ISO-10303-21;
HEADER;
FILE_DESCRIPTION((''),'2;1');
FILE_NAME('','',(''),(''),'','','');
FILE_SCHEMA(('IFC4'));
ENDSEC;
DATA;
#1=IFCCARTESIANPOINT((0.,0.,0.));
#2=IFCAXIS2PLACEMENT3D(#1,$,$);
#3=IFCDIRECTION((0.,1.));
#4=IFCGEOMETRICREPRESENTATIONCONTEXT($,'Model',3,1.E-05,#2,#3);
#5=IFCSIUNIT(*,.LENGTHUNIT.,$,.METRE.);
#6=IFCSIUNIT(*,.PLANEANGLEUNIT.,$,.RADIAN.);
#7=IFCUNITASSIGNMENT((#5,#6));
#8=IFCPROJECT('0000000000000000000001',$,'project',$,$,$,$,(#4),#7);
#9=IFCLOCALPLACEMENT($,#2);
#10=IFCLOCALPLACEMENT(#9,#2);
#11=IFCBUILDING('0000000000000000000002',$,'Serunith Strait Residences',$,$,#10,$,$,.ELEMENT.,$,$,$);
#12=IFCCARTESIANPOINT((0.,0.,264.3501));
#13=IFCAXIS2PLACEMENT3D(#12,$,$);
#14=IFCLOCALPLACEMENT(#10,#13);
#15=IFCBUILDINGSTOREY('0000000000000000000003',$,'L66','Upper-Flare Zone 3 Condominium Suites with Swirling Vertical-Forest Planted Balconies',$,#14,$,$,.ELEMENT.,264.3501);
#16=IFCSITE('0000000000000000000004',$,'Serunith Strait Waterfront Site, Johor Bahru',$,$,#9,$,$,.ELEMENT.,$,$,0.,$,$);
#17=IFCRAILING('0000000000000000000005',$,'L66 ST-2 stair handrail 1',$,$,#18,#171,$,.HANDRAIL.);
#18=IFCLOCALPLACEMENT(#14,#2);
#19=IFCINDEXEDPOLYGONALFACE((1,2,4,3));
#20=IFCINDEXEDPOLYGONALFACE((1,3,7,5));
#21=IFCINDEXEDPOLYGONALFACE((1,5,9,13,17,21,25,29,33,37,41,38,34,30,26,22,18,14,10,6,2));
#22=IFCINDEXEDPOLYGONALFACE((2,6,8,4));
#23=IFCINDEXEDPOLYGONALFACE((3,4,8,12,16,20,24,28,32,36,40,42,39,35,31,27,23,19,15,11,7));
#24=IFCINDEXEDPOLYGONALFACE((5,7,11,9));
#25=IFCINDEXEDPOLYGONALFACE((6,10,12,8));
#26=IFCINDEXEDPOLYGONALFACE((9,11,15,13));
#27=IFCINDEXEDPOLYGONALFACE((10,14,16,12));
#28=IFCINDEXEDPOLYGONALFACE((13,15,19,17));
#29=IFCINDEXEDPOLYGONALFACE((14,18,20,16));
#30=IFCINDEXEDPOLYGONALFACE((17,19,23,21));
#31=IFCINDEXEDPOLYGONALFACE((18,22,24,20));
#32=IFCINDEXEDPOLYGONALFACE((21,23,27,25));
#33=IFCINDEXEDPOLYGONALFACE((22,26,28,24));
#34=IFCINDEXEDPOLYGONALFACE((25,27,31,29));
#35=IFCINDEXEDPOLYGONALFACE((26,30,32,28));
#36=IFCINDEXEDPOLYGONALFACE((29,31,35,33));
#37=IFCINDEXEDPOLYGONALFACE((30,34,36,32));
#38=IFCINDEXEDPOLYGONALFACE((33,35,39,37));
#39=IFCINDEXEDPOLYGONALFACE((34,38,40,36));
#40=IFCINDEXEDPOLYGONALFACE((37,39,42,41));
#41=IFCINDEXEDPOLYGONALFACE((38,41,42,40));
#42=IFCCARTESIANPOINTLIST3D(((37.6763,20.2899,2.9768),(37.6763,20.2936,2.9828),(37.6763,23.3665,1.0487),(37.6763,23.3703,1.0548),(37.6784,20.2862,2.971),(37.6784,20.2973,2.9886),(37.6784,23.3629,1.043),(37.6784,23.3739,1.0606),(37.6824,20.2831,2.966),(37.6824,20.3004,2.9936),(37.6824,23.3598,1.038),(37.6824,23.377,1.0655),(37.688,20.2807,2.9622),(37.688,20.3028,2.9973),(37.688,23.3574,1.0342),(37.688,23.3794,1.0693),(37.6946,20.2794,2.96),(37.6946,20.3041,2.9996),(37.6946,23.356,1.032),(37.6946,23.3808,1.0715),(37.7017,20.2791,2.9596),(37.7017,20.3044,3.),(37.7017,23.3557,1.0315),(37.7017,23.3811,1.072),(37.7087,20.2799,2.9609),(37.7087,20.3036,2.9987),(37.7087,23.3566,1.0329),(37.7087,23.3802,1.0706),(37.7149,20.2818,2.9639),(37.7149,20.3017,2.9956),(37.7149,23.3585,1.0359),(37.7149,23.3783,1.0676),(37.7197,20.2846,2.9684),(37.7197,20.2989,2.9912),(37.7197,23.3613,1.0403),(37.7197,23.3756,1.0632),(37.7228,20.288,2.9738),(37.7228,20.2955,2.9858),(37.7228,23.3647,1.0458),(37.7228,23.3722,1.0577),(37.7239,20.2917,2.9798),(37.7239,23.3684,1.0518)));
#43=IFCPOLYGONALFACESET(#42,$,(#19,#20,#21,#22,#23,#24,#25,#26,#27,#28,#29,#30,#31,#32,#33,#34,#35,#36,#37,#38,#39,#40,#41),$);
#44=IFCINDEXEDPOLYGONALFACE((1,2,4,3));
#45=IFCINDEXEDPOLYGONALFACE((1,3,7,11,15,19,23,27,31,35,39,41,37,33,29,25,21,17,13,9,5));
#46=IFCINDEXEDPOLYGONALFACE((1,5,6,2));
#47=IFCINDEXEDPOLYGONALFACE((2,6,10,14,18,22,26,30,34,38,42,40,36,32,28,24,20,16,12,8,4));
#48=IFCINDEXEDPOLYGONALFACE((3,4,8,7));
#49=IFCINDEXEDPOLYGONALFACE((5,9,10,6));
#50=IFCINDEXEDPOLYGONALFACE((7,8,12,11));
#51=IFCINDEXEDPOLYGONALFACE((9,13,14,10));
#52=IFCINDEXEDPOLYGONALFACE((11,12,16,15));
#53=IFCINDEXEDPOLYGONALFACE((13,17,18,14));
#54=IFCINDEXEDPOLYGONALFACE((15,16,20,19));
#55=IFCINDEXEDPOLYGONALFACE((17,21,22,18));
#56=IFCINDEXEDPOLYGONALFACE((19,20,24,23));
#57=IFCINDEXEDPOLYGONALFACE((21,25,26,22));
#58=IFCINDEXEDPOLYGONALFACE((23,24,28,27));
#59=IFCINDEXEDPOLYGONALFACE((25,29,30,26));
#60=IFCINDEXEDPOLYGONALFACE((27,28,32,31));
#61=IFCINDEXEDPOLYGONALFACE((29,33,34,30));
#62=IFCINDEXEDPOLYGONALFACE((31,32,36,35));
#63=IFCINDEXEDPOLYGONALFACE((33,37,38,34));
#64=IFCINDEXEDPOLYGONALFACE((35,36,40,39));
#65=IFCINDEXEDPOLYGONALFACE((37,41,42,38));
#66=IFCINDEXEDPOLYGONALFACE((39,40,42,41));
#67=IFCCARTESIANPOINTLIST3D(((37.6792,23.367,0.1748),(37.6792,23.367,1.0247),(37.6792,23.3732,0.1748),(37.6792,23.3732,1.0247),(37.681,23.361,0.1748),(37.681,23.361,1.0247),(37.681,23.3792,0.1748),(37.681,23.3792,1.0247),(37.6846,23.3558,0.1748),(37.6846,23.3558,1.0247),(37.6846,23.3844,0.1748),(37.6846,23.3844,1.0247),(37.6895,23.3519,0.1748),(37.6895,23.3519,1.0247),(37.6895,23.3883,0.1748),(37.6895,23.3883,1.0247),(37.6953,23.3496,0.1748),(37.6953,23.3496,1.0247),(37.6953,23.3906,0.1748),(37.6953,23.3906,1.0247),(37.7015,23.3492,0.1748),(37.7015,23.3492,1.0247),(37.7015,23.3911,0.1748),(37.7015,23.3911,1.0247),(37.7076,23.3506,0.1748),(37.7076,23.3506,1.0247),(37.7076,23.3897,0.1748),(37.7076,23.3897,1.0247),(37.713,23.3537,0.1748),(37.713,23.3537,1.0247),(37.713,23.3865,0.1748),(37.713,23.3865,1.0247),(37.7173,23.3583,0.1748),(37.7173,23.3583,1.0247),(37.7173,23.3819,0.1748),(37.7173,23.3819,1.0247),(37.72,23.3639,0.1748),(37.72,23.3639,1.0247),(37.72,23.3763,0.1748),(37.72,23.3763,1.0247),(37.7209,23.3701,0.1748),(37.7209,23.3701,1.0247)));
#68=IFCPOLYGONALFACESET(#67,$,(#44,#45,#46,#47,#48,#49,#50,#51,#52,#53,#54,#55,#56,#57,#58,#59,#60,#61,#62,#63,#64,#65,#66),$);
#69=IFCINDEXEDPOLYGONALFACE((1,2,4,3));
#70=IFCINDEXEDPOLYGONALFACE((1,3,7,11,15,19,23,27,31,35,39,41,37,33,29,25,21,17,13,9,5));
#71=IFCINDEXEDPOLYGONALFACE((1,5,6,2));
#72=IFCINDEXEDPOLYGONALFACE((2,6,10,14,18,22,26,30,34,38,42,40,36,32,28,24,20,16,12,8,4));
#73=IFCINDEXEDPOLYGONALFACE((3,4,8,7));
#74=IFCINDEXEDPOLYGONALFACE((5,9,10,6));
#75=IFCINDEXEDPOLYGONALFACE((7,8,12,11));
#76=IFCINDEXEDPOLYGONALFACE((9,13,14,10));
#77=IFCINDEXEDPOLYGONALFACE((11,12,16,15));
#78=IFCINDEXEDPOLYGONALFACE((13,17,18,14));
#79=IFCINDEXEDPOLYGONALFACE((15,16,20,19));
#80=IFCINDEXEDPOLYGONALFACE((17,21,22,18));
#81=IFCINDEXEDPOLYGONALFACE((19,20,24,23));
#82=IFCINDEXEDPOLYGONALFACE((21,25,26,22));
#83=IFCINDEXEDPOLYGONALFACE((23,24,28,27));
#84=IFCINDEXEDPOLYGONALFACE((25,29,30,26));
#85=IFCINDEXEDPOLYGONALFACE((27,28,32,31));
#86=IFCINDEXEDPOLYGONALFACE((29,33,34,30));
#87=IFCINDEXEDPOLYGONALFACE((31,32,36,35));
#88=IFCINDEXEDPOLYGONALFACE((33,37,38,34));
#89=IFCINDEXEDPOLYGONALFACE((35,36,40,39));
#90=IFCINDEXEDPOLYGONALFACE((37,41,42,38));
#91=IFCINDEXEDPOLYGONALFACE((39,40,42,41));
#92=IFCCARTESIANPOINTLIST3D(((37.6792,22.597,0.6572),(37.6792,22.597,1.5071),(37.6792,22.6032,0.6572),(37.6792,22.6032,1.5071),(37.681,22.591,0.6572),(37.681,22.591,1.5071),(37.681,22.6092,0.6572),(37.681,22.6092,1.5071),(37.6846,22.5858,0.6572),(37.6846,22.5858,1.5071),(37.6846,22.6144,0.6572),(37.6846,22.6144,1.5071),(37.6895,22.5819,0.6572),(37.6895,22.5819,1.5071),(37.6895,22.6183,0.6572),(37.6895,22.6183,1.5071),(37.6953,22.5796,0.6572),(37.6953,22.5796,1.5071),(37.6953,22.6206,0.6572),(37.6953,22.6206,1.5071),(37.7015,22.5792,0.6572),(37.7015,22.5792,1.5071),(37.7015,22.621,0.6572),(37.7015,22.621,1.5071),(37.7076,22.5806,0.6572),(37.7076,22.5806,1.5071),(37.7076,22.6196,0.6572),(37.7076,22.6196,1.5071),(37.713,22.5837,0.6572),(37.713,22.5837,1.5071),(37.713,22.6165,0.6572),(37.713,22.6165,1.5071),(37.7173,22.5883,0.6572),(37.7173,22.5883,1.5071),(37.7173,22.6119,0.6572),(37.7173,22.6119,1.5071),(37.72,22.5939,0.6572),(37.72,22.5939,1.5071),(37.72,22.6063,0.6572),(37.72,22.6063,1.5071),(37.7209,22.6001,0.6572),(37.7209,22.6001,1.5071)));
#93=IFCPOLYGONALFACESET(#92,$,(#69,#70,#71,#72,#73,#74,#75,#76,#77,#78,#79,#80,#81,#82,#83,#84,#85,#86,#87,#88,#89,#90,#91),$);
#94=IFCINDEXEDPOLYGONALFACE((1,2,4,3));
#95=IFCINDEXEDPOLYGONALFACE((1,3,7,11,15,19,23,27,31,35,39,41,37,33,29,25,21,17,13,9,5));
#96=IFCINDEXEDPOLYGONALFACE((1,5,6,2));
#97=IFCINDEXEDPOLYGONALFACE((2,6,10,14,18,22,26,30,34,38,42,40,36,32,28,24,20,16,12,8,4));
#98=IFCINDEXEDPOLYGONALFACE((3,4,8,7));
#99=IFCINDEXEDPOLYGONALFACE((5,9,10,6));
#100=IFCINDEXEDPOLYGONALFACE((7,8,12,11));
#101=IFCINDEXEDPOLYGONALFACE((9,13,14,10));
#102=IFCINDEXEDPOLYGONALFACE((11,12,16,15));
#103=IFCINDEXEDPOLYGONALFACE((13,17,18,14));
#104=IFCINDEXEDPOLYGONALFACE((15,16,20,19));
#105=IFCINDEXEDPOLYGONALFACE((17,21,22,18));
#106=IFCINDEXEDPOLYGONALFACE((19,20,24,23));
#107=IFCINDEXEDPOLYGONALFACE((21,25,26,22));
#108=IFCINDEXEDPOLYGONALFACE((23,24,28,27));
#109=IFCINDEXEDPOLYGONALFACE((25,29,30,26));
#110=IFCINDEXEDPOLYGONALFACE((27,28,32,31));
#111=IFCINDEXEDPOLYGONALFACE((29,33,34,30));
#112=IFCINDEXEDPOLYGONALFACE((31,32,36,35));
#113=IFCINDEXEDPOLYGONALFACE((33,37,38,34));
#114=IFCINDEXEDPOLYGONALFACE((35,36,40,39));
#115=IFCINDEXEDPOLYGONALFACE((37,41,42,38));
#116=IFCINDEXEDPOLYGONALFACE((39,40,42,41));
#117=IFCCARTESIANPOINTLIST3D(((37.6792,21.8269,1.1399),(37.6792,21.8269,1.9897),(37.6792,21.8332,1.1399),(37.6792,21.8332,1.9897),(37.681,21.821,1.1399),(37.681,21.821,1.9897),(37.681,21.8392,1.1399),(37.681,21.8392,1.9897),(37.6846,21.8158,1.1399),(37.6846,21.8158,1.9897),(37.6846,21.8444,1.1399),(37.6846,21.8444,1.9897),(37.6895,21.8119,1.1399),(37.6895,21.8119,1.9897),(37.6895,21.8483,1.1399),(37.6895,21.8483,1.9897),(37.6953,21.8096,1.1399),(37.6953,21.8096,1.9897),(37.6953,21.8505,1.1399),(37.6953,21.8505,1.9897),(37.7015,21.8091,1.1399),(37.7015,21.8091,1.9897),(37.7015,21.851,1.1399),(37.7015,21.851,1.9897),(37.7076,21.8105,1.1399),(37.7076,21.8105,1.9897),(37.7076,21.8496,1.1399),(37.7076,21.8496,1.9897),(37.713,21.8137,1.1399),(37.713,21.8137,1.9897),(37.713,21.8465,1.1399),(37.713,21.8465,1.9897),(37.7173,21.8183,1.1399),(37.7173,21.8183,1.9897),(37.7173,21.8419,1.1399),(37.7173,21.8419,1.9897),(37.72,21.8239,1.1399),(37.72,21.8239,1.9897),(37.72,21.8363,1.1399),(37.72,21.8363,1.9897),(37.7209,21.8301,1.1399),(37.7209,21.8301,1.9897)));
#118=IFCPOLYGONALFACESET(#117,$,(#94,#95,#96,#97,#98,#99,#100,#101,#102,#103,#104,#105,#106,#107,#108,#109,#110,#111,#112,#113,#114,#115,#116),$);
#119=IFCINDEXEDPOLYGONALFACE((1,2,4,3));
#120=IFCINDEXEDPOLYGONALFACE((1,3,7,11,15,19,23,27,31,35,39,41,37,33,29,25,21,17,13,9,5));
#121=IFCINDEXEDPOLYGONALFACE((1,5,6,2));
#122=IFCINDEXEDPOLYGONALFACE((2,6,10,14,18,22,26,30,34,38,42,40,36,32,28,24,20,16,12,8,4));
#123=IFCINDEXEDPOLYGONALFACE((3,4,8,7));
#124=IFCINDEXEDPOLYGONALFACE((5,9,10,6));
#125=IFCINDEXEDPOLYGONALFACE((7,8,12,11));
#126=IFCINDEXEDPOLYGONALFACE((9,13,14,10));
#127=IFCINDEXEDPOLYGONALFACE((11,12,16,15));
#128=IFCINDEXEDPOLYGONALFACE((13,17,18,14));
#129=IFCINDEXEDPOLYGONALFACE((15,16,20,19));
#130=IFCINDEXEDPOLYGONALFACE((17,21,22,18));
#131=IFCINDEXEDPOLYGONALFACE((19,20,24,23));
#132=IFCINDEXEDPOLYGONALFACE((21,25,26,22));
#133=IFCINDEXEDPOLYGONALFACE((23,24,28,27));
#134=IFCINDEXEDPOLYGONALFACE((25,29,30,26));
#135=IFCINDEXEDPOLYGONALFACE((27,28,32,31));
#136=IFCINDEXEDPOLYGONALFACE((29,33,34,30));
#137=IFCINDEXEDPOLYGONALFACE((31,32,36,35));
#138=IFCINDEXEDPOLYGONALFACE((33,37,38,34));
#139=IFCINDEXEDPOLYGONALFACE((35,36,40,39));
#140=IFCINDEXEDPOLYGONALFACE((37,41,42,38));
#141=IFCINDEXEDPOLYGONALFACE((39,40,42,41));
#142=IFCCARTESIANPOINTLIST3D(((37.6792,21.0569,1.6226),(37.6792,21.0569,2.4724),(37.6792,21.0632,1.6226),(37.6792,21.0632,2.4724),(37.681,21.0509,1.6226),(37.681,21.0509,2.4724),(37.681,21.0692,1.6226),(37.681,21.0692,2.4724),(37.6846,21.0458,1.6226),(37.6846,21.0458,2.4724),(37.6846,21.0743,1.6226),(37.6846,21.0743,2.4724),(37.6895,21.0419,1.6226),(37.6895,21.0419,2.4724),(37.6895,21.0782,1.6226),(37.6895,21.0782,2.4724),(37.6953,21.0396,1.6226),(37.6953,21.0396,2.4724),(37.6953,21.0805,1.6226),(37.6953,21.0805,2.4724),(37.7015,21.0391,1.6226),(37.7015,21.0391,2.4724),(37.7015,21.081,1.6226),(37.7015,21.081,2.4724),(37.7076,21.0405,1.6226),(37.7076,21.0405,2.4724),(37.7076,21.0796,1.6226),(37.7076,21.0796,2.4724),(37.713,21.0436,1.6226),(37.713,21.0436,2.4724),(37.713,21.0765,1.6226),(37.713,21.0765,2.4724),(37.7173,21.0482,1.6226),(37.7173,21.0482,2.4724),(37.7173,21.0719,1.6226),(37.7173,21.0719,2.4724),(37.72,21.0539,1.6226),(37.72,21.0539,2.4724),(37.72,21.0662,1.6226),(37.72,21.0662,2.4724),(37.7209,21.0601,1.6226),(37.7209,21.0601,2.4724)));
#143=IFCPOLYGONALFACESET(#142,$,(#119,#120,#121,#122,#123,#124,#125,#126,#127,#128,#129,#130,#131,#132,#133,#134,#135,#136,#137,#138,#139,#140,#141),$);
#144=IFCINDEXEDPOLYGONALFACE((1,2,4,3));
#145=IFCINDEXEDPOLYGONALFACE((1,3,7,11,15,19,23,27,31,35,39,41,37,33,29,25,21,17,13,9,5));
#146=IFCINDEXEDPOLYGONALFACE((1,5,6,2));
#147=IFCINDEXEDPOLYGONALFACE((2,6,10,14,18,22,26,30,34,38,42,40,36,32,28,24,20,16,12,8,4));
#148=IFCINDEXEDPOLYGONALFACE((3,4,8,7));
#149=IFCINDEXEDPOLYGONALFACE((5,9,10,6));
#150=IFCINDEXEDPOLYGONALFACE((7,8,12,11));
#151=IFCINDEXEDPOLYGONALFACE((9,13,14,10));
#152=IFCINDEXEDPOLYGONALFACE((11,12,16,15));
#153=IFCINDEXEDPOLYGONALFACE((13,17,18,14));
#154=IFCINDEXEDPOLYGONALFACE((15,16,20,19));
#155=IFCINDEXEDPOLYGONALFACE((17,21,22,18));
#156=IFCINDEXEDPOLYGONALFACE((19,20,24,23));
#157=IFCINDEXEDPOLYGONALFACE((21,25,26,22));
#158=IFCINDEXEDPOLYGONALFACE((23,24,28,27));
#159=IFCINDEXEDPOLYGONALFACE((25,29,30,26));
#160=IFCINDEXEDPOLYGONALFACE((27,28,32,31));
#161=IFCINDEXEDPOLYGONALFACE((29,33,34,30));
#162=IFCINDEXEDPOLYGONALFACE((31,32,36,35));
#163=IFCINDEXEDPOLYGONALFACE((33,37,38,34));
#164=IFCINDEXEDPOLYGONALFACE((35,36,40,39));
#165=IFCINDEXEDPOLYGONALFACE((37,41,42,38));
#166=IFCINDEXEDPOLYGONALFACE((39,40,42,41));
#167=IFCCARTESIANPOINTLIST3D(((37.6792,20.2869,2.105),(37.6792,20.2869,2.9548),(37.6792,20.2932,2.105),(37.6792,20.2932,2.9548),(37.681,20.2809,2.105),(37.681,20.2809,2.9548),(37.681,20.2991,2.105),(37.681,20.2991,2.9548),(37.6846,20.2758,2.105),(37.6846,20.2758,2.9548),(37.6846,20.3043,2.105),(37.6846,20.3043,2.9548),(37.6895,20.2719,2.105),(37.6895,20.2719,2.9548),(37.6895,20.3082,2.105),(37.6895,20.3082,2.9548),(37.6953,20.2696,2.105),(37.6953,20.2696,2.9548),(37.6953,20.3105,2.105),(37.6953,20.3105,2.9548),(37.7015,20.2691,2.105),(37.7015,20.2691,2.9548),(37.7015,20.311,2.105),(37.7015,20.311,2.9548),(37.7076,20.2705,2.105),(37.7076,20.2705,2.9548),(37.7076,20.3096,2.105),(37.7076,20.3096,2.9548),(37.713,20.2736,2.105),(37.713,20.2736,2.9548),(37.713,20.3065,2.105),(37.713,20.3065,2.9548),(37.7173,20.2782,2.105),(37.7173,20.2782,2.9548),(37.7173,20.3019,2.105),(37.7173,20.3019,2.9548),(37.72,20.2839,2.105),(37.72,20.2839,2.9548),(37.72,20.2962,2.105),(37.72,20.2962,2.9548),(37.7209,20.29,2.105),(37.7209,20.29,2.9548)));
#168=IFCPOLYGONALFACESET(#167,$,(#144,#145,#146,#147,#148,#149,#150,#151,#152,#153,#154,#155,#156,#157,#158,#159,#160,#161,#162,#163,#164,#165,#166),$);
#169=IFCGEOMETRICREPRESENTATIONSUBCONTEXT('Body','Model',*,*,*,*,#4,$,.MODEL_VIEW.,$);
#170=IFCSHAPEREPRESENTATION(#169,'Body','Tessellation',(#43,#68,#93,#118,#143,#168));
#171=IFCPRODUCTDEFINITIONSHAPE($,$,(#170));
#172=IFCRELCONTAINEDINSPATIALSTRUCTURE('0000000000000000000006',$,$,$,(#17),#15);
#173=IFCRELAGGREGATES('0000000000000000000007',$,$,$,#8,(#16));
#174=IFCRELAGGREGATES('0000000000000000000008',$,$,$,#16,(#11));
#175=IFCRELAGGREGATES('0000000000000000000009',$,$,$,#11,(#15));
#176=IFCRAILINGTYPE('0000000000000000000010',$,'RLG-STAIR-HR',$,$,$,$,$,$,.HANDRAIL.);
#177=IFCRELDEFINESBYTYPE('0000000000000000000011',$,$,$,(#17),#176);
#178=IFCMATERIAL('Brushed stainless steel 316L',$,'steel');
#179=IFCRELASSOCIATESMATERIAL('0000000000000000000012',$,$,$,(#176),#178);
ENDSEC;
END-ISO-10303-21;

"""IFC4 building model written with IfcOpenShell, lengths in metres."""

from ifc_helpers import new_model, si_unit, direction, frame, origin, origin_2d, place, context, subcontext, project, spatial, circle, extrude, material, type_object, element, save


model = new_model("IFC4")

# Units and contexts
model_context = context("Model", 3, precision=1e-05, world=origin(), true_north=direction((0.0, 1.0)))
body_context = subcontext(model_context, "Body", "Model", "MODEL_VIEW")
ifc_project = project(units=[si_unit("LENGTHUNIT", "METRE"), si_unit("PLANEANGLEUNIT", "RADIAN")], contexts=[model_context])

# Site, building, storey
site_placement = place(None, origin())
site = spatial("IfcSite", under=ifc_project, at=site_placement, Name="Serunith Strait Waterfront Site, Johor Bahru", CompositionType="ELEMENT", RefElevation=0.0)
building_placement = place(site_placement, origin())
building = spatial("IfcBuilding", under=site, at=building_placement, Name="Serunith Strait Residences", CompositionType="ELEMENT")
storey_placement = place(building_placement, frame((0.0, 0.0, 264.3501)))
storey = spatial("IfcBuildingStorey", under=building, at=storey_placement, Name="L66", Description="Upper-Flare Zone 3 Condominium Suites with Swirling Vertical-Forest Planted Balconies", CompositionType="ELEMENT", Elevation=264.3501)

# Railing
ifc_material_1 = material(Name="Brushed stainless steel 316L", Category="steel")
railing_type_1 = type_object("IfcRailingType", Name="RLG-STAIR-HR", PredefinedType="HANDRAIL", material=ifc_material_1)
railing_1_placement = place(storey_placement, frame((37.7, 23.3701, 0.1748)))
element("IfcRailing", 1, at=railing_1_placement, inside=storey, type_object=railing_type_1, Name="L66 ST-2 stair handrail 1", PredefinedType="HANDRAIL", context=body_context, shape_type="SweptSolid", body=[
    extrude(circle(Radius=0.0239, at=origin_2d()), frame((0.0, -0.0017, 0.877), z_axis=(0.0, -0.847364, 0.531013), x_axis=(1.0, 0.0, 0.0)), (0.0, 0.0, 1.0), 3.6309),
    extrude(circle(Radius=0.021, at=origin_2d()), origin(), (0.0, 0.0, 1.0), 0.8499),
    extrude(circle(Radius=0.021, at=origin_2d()), frame((0.0, -0.77, 0.4824)), (0.0, 0.0, 1.0), 0.8499),
    extrude(circle(Radius=0.021, at=origin_2d()), frame((0.0, -1.54, 0.9651)), (0.0, 0.0, 1.0), 0.8499),
    extrude(circle(Radius=0.021, at=origin_2d()), frame((0.0, -2.3101, 1.4478)), (0.0, 0.0, 1.0), 0.8499),
    extrude(circle(Radius=0.021, at=origin_2d()), frame((0.0, -3.0801, 1.9302)), (0.0, 0.0, 1.0), 0.8499),
])

save(model, "model.ifc")
